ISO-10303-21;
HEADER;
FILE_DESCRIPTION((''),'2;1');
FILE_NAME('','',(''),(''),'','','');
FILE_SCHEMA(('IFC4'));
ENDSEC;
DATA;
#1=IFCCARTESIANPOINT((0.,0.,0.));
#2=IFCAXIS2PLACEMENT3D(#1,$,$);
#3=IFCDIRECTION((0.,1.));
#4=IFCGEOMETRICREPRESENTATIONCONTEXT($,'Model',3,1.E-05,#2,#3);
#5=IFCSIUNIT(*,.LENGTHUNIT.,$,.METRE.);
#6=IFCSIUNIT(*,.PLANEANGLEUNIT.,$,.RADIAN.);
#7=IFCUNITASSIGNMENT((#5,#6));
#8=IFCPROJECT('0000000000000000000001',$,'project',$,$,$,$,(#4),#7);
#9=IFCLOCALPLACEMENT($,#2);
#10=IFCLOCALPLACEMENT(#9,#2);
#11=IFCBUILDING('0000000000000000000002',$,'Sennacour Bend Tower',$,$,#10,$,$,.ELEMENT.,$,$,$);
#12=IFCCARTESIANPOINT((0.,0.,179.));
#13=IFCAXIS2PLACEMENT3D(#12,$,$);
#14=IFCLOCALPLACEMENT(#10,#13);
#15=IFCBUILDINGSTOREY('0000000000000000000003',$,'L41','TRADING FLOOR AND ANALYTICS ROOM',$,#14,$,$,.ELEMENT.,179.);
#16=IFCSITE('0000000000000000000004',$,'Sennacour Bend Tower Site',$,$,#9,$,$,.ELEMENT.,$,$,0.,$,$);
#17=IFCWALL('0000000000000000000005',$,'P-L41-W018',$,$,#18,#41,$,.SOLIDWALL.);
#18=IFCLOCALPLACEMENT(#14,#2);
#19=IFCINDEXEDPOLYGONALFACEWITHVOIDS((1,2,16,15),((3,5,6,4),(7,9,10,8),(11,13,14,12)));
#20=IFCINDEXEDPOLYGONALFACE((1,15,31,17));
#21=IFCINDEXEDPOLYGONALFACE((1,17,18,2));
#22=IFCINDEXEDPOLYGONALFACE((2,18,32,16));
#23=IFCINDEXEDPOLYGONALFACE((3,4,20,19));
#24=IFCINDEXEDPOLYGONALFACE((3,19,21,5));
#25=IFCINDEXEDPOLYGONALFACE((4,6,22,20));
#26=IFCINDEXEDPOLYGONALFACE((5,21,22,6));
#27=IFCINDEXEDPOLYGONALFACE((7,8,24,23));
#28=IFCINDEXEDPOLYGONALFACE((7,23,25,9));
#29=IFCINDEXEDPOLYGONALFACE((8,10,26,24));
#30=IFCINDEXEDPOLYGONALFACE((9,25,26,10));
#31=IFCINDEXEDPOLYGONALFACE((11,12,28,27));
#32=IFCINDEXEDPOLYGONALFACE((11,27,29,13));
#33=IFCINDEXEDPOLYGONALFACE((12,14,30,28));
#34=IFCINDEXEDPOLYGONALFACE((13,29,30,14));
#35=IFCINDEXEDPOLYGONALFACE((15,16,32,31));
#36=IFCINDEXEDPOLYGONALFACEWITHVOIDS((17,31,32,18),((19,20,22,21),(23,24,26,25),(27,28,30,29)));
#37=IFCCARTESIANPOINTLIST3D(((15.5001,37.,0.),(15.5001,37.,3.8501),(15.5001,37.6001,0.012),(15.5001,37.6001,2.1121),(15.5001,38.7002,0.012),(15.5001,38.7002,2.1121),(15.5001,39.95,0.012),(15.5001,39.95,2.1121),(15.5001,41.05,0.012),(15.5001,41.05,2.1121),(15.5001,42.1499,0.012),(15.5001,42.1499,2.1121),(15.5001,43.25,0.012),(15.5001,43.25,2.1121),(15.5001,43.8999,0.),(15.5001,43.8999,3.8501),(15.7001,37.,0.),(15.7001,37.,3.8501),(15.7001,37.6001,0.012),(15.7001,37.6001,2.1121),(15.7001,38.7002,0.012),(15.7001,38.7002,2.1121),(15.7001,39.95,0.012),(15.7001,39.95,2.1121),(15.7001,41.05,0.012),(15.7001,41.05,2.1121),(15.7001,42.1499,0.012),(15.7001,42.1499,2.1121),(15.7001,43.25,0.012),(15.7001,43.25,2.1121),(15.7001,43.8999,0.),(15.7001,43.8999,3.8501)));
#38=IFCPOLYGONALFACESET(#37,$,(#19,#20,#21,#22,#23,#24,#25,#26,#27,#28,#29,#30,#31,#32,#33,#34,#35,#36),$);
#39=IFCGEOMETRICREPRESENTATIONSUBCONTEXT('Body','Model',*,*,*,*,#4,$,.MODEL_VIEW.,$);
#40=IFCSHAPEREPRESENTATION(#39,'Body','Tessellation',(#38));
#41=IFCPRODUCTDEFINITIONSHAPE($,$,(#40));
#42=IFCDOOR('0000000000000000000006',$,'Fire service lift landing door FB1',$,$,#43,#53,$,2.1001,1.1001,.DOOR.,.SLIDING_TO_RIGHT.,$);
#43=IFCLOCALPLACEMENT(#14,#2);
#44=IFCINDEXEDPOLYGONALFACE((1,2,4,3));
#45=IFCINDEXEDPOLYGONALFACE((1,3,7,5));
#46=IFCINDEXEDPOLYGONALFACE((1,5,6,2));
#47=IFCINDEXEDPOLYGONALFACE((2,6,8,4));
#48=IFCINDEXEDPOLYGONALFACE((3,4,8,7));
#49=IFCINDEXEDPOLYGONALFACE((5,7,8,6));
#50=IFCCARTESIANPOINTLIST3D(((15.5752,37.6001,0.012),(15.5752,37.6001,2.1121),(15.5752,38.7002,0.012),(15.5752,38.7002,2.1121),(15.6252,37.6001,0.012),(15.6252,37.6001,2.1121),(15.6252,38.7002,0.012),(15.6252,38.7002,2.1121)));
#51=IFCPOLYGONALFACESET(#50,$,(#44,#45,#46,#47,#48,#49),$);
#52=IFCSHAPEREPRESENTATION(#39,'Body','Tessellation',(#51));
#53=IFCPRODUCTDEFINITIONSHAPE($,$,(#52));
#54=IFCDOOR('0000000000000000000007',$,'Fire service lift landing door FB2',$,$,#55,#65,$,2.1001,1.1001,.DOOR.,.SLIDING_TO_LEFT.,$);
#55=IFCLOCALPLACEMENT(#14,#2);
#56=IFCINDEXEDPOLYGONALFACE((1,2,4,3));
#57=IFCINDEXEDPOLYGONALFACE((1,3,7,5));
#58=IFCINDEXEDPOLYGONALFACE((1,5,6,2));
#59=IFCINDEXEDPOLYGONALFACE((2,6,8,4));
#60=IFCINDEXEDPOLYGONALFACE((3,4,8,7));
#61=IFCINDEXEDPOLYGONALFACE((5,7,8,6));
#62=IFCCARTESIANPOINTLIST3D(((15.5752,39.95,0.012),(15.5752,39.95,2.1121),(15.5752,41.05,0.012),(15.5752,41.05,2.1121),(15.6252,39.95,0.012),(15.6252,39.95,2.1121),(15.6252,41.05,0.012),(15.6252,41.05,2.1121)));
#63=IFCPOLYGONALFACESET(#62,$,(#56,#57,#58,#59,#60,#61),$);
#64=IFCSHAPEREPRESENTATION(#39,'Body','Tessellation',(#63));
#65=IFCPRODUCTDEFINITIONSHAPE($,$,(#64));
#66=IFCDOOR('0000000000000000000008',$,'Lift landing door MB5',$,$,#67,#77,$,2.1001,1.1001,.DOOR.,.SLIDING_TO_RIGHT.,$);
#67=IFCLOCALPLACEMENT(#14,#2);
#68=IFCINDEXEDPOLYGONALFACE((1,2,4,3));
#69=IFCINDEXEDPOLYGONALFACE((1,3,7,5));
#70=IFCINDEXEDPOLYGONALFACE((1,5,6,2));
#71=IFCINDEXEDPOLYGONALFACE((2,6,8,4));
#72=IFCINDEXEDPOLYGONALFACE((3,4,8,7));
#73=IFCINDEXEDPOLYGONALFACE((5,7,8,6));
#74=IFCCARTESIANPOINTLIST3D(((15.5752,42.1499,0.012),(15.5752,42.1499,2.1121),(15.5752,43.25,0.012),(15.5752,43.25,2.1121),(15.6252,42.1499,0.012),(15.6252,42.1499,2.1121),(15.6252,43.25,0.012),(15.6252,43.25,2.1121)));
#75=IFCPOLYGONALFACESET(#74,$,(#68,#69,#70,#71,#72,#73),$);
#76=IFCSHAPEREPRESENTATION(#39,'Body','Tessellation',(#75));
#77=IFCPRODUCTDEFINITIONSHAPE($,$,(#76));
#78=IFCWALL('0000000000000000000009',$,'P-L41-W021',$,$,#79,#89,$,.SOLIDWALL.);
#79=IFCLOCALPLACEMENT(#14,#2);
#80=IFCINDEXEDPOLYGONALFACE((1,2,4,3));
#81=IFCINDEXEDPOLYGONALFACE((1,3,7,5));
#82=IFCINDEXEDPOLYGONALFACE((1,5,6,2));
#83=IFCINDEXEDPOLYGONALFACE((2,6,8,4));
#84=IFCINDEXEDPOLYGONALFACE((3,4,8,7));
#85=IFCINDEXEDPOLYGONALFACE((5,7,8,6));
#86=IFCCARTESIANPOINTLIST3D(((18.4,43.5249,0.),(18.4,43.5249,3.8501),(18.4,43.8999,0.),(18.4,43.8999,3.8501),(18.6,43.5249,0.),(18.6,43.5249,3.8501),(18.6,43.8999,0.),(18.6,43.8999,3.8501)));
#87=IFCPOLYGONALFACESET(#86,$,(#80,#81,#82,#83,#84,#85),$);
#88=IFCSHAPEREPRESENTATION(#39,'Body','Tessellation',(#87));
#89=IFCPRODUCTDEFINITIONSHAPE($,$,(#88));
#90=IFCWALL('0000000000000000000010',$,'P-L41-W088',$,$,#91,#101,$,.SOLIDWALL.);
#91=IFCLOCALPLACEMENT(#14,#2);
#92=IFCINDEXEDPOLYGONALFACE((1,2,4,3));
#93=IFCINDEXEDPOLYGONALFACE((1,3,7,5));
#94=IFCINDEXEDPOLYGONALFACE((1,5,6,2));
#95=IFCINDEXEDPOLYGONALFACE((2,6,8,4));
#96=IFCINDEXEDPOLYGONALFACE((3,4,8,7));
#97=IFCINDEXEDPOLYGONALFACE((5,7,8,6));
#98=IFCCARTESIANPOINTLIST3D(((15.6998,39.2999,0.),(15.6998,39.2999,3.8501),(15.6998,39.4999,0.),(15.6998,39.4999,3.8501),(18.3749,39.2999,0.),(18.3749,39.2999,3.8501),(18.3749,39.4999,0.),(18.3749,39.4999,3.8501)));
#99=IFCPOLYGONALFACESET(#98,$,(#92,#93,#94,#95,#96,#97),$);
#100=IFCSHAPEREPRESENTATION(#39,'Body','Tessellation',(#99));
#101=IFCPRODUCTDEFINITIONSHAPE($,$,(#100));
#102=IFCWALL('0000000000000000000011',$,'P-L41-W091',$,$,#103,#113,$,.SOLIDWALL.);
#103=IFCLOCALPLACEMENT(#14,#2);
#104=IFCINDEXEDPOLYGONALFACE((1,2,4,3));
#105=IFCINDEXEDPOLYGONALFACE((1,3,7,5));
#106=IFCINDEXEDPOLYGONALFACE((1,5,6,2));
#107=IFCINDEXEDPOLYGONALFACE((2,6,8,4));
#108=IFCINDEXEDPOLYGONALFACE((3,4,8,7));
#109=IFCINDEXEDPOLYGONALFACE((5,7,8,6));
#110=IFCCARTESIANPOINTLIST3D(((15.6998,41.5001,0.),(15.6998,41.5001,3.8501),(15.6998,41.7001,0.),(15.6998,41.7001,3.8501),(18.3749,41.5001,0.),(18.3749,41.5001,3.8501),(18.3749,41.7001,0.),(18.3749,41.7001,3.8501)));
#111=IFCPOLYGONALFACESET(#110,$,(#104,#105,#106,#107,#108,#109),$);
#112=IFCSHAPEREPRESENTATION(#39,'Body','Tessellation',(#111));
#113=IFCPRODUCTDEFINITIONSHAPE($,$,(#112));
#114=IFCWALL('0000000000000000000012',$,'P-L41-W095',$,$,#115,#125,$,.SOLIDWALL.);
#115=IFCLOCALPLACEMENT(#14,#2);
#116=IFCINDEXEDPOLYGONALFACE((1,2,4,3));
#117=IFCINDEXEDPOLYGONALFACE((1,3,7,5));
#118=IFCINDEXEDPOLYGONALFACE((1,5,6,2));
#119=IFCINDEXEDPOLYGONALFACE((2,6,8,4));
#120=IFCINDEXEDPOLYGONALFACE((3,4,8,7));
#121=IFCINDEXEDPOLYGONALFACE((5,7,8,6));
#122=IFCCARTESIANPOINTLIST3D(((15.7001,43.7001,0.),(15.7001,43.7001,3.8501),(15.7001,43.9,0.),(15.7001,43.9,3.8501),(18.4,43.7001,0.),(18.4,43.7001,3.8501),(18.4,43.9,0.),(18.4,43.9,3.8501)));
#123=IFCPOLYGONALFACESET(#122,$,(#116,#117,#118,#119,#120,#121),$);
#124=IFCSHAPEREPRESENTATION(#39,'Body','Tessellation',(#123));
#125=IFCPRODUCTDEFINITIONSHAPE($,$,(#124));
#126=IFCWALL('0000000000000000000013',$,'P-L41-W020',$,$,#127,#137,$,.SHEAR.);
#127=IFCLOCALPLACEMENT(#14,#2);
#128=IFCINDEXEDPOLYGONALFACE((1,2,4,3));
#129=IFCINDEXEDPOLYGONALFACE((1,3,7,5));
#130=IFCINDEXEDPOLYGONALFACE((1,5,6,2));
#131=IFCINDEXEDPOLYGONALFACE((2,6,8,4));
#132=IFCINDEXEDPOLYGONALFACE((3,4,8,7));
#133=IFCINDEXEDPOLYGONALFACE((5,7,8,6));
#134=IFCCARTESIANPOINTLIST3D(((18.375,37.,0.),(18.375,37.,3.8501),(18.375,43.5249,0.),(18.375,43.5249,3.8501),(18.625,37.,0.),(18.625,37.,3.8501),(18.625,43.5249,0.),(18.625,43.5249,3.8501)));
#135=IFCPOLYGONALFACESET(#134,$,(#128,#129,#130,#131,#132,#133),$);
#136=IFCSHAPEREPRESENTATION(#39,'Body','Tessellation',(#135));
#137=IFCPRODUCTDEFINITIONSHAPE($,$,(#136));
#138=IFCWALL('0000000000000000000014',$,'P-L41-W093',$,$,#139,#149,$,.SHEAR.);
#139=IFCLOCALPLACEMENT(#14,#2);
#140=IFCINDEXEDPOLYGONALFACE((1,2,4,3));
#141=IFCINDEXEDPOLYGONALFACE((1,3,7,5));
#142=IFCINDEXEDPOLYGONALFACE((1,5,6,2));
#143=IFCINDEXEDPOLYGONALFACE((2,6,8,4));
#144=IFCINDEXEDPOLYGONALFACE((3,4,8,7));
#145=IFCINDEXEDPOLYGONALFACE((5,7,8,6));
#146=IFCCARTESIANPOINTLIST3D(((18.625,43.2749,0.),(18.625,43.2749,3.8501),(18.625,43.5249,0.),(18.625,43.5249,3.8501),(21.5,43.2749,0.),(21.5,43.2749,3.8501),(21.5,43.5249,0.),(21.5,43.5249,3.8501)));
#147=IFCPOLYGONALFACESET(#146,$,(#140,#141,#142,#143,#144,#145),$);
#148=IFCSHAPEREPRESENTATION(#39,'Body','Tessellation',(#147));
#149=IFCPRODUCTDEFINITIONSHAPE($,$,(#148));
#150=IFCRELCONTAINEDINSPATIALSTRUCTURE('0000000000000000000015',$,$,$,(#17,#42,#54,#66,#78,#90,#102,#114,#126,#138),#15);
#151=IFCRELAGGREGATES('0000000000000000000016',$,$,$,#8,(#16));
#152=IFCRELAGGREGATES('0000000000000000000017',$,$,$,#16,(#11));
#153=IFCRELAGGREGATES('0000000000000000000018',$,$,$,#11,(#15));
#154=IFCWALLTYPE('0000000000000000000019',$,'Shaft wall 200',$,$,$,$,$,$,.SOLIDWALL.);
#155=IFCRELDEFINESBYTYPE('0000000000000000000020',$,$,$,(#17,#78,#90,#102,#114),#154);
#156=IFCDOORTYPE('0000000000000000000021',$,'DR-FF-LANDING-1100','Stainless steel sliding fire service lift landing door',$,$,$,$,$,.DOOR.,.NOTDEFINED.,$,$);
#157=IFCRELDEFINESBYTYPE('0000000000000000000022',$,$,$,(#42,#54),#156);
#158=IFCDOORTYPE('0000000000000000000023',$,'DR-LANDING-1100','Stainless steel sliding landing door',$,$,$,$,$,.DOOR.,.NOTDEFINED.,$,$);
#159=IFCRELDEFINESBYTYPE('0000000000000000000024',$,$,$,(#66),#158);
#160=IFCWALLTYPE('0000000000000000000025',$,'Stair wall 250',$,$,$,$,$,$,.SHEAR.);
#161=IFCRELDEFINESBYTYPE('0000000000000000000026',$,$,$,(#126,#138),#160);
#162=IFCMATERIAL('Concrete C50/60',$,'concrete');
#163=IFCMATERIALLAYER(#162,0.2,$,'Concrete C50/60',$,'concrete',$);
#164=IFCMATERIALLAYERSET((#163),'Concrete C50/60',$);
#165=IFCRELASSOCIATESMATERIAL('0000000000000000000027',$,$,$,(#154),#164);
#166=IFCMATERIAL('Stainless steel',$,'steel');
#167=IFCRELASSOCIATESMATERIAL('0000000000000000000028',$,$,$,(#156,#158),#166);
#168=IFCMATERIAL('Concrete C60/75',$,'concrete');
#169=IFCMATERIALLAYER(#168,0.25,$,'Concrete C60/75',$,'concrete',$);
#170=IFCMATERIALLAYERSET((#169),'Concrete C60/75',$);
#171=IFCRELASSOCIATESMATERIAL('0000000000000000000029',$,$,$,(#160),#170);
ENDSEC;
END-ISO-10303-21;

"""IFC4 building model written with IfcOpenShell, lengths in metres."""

from ifc_helpers import new_model, si_unit, direction, frame, frame_2d, origin, place, context, subcontext, project, spatial, rectangle, extrude, material, layer, layer_set, type_object, element, fill, save


model = new_model("IFC4")

# Units and contexts
model_context = context("Model", 3, precision=1e-05, world=origin(), true_north=direction((0.0, 1.0)))
body_context = subcontext(model_context, "Body", "Model", "MODEL_VIEW")
ifc_project = project(units=[si_unit("LENGTHUNIT", "METRE"), si_unit("PLANEANGLEUNIT", "RADIAN")], contexts=[model_context])

# Site, building, storey
site_placement = place(None, origin())
site = spatial("IfcSite", under=ifc_project, at=site_placement, Name="Sennacour Bend Tower Site", CompositionType="ELEMENT", RefElevation=0.0)
building_placement = place(site_placement, origin())
building = spatial("IfcBuilding", under=site, at=building_placement, Name="Sennacour Bend Tower", CompositionType="ELEMENT")
storey_placement = place(building_placement, frame((0.0, 0.0, 179.0)))
storey = spatial("IfcBuildingStorey", under=building, at=storey_placement, Name="L41", Description="TRADING FLOOR AND ANALYTICS ROOM", CompositionType="ELEMENT", Elevation=179.0)

# Wall, openings, doors
ifc_material_1 = material(Name="Concrete C50/60", Category="concrete")
ifc_layer_1 = layer(ifc_material_1, 0.2, Name="Concrete C50/60", Category="concrete")
ifc_layer_set_1 = layer_set([ifc_layer_1], Name="Concrete C50/60")
wall_type_1 = type_object("IfcWallType", Name="Shaft wall 200", PredefinedType="SOLIDWALL", material=ifc_layer_set_1)
wall_1_placement = place(storey_placement, frame((15.6001, 37.0, 0.0), z_axis=(0.0, 0.0, 1.0), x_axis=(0.0, 1.0, 0.0)))
wall_1 = element("IfcWall", 1, at=wall_1_placement, inside=storey, type_object=wall_type_1, Name="P-L41-W018", PredefinedType="SOLIDWALL", context=body_context, shape_type="SweptSolid", body=[
    extrude(rectangle(XDim=6.8999, YDim=0.2, at=frame_2d((3.45, 0.0))), origin(), (0.0, 0.0, 1.0), 3.8501),
])
opening_1_placement = place(wall_1_placement, frame((0.6001, 0.0, 0.012)))
opening_1 = element("IfcOpeningElement", 2, at=opening_1_placement, cuts=wall_1, PredefinedType="OPENING", context=body_context, shape_type="SweptSolid", body=[
    extrude(rectangle(XDim=1.1001, YDim=2.1001, at=frame_2d((0.55, 1.05))), frame((0.0, 0.1099, 0.0), z_axis=(0.0, -1.0, 0.0), x_axis=(1.0, 0.0, 0.0)), (0.0, 0.0, 1.0), 0.22),
])
opening_2_placement = place(wall_1_placement, frame((2.95, 0.0, 0.012)))
opening_2 = element("IfcOpeningElement", 3, at=opening_2_placement, cuts=wall_1, PredefinedType="OPENING", context=body_context, shape_type="SweptSolid", body=[
    extrude(rectangle(XDim=1.1001, YDim=2.1001, at=frame_2d((0.55, 1.05))), frame((0.0, 0.1099, 0.0), z_axis=(0.0, -1.0, 0.0), x_axis=(1.0, 0.0, 0.0)), (0.0, 0.0, 1.0), 0.22),
])
opening_3_placement = place(wall_1_placement, frame((5.1499, 0.0, 0.012)))
opening_3 = element("IfcOpeningElement", 4, at=opening_3_placement, cuts=wall_1, PredefinedType="OPENING", context=body_context, shape_type="SweptSolid", body=[
    extrude(rectangle(XDim=1.1001, YDim=2.1001, at=frame_2d((0.55, 1.05))), frame((0.0, 0.1099, 0.0), z_axis=(0.0, -1.0, 0.0), x_axis=(1.0, 0.0, 0.0)), (0.0, 0.0, 1.0), 0.22),
])
ifc_material_2 = material(Name="Stainless steel", Category="steel")
door_type_1 = type_object("IfcDoorType", Name="DR-FF-LANDING-1100", Description="Stainless steel sliding fire service lift landing door", OperationType="NOTDEFINED", PredefinedType="DOOR", material=ifc_material_2)
door_1_placement = place(opening_1_placement, origin())
door_1 = element("IfcDoor", 5, at=door_1_placement, inside=storey, type_object=door_type_1, Name="Fire service lift landing door FB1", OperationType="SLIDING_TO_RIGHT", OverallHeight=2.1001, OverallWidth=1.1001, PredefinedType="DOOR", context=body_context, shape_type="SweptSolid", body=[
    extrude(rectangle(XDim=1.1001, YDim=2.1001, at=frame_2d((0.55, 1.05))), frame((0.0, 0.0249, 0.0), z_axis=(0.0, -1.0, 0.0), x_axis=(1.0, 0.0, 0.0)), (0.0, 0.0, 1.0), 0.05),
])
fill(opening_1, door_1)
door_2_placement = place(opening_2_placement, origin())
door_2 = element("IfcDoor", 6, at=door_2_placement, inside=storey, type_object=door_type_1, Name="Fire service lift landing door FB2", OperationType="SLIDING_TO_LEFT", OverallHeight=2.1001, OverallWidth=1.1001, PredefinedType="DOOR", context=body_context, shape_type="SweptSolid", body=[
    extrude(rectangle(XDim=1.1001, YDim=2.1001, at=frame_2d((0.55, 1.05))), frame((0.0, 0.0249, 0.0), z_axis=(0.0, -1.0, 0.0), x_axis=(1.0, 0.0, 0.0)), (0.0, 0.0, 1.0), 0.05),
])
fill(opening_2, door_2)
door_type_2 = type_object("IfcDoorType", Name="DR-LANDING-1100", Description="Stainless steel sliding landing door", OperationType="NOTDEFINED", PredefinedType="DOOR", material=ifc_material_2)
door_3_placement = place(opening_3_placement, origin())
door_3 = element("IfcDoor", 7, at=door_3_placement, inside=storey, type_object=door_type_2, Name="Lift landing door MB5", OperationType="SLIDING_TO_RIGHT", OverallHeight=2.1001, OverallWidth=1.1001, PredefinedType="DOOR", context=body_context, shape_type="SweptSolid", body=[
    extrude(rectangle(XDim=1.1001, YDim=2.1001, at=frame_2d((0.55, 1.05))), frame((0.0, 0.0249, 0.0), z_axis=(0.0, -1.0, 0.0), x_axis=(1.0, 0.0, 0.0)), (0.0, 0.0, 1.0), 0.05),
])
fill(opening_3, door_3)

# Walls
wall_2_placement = place(storey_placement, frame((18.5, 43.5249, 0.0), z_axis=(0.0, 0.0, 1.0), x_axis=(0.0, 1.0, 0.0)))
element("IfcWall", 8, at=wall_2_placement, inside=storey, type_object=wall_type_1, Name="P-L41-W021", PredefinedType="SOLIDWALL", context=body_context, shape_type="SweptSolid", body=[
    extrude(rectangle(XDim=0.375, YDim=0.2, at=frame_2d((0.1875, 0.0))), origin(), (0.0, 0.0, 1.0), 3.8501),
])
for number, where, z_axis, x_axis, name in (
    (9, (15.7, 39.3999, 0.0), (0.0, 0.0, 1.0), (1.0, 0.0, 0.0), "P-L41-W088"),
    (10, (15.7, 41.6001, 0.0), (0.0, 0.0, 1.0), (1.0, 0.0, 0.0), "P-L41-W091"),
):
    element("IfcWall", number, at=place(storey_placement, frame(where, z_axis=z_axis, x_axis=x_axis)), inside=storey, type_object=wall_type_1, Name=name, PredefinedType="SOLIDWALL", context=body_context, shape_type="SweptSolid", body=[
        extrude(rectangle(XDim=2.675, YDim=0.2, at=frame_2d((1.3374, 0.0))), origin(), (0.0, 0.0, 1.0), 3.8501),
    ])
wall_3_placement = place(storey_placement, frame((15.7, 43.8, 0.0), z_axis=(0.0, 0.0, 1.0), x_axis=(1.0, 0.0, 0.0)))
element("IfcWall", 11, at=wall_3_placement, inside=storey, type_object=wall_type_1, Name="P-L41-W095", PredefinedType="SOLIDWALL", context=body_context, shape_type="SweptSolid", body=[
    extrude(rectangle(XDim=2.7, YDim=0.2, at=frame_2d((1.3501, 0.0))), origin(), (0.0, 0.0, 1.0), 3.8501),
])
ifc_material_3 = material(Name="Concrete C60/75", Category="concrete")
ifc_layer_2 = layer(ifc_material_3, 0.25, Name="Concrete C60/75", Category="concrete")
ifc_layer_set_2 = layer_set([ifc_layer_2], Name="Concrete C60/75")
wall_type_2 = type_object("IfcWallType", Name="Stair wall 250", PredefinedType="SHEAR", material=ifc_layer_set_2)
wall_4_placement = place(storey_placement, frame((18.5, 37.0, 0.0), z_axis=(0.0, 0.0, 1.0), x_axis=(0.0, 1.0, 0.0)))
element("IfcWall", 12, at=wall_4_placement, inside=storey, type_object=wall_type_2, Name="P-L41-W020", PredefinedType="SHEAR", context=body_context, shape_type="SweptSolid", body=[
    extrude(rectangle(XDim=6.5249, YDim=0.25, at=frame_2d((3.2625, 0.0))), origin(), (0.0, 0.0, 1.0), 3.8501),
])
wall_5_placement = place(storey_placement, frame((18.625, 43.3999, 0.0), z_axis=(0.0, 0.0, 1.0), x_axis=(1.0, 0.0, 0.0)))
element("IfcWall", 13, at=wall_5_placement, inside=storey, type_object=wall_type_2, Name="P-L41-W093", PredefinedType="SHEAR", context=body_context, shape_type="SweptSolid", body=[
    extrude(rectangle(XDim=2.875, YDim=0.25, at=frame_2d((1.4375, 0.0))), origin(), (0.0, 0.0, 1.0), 3.8501),
])

save(model, "model.ifc")
